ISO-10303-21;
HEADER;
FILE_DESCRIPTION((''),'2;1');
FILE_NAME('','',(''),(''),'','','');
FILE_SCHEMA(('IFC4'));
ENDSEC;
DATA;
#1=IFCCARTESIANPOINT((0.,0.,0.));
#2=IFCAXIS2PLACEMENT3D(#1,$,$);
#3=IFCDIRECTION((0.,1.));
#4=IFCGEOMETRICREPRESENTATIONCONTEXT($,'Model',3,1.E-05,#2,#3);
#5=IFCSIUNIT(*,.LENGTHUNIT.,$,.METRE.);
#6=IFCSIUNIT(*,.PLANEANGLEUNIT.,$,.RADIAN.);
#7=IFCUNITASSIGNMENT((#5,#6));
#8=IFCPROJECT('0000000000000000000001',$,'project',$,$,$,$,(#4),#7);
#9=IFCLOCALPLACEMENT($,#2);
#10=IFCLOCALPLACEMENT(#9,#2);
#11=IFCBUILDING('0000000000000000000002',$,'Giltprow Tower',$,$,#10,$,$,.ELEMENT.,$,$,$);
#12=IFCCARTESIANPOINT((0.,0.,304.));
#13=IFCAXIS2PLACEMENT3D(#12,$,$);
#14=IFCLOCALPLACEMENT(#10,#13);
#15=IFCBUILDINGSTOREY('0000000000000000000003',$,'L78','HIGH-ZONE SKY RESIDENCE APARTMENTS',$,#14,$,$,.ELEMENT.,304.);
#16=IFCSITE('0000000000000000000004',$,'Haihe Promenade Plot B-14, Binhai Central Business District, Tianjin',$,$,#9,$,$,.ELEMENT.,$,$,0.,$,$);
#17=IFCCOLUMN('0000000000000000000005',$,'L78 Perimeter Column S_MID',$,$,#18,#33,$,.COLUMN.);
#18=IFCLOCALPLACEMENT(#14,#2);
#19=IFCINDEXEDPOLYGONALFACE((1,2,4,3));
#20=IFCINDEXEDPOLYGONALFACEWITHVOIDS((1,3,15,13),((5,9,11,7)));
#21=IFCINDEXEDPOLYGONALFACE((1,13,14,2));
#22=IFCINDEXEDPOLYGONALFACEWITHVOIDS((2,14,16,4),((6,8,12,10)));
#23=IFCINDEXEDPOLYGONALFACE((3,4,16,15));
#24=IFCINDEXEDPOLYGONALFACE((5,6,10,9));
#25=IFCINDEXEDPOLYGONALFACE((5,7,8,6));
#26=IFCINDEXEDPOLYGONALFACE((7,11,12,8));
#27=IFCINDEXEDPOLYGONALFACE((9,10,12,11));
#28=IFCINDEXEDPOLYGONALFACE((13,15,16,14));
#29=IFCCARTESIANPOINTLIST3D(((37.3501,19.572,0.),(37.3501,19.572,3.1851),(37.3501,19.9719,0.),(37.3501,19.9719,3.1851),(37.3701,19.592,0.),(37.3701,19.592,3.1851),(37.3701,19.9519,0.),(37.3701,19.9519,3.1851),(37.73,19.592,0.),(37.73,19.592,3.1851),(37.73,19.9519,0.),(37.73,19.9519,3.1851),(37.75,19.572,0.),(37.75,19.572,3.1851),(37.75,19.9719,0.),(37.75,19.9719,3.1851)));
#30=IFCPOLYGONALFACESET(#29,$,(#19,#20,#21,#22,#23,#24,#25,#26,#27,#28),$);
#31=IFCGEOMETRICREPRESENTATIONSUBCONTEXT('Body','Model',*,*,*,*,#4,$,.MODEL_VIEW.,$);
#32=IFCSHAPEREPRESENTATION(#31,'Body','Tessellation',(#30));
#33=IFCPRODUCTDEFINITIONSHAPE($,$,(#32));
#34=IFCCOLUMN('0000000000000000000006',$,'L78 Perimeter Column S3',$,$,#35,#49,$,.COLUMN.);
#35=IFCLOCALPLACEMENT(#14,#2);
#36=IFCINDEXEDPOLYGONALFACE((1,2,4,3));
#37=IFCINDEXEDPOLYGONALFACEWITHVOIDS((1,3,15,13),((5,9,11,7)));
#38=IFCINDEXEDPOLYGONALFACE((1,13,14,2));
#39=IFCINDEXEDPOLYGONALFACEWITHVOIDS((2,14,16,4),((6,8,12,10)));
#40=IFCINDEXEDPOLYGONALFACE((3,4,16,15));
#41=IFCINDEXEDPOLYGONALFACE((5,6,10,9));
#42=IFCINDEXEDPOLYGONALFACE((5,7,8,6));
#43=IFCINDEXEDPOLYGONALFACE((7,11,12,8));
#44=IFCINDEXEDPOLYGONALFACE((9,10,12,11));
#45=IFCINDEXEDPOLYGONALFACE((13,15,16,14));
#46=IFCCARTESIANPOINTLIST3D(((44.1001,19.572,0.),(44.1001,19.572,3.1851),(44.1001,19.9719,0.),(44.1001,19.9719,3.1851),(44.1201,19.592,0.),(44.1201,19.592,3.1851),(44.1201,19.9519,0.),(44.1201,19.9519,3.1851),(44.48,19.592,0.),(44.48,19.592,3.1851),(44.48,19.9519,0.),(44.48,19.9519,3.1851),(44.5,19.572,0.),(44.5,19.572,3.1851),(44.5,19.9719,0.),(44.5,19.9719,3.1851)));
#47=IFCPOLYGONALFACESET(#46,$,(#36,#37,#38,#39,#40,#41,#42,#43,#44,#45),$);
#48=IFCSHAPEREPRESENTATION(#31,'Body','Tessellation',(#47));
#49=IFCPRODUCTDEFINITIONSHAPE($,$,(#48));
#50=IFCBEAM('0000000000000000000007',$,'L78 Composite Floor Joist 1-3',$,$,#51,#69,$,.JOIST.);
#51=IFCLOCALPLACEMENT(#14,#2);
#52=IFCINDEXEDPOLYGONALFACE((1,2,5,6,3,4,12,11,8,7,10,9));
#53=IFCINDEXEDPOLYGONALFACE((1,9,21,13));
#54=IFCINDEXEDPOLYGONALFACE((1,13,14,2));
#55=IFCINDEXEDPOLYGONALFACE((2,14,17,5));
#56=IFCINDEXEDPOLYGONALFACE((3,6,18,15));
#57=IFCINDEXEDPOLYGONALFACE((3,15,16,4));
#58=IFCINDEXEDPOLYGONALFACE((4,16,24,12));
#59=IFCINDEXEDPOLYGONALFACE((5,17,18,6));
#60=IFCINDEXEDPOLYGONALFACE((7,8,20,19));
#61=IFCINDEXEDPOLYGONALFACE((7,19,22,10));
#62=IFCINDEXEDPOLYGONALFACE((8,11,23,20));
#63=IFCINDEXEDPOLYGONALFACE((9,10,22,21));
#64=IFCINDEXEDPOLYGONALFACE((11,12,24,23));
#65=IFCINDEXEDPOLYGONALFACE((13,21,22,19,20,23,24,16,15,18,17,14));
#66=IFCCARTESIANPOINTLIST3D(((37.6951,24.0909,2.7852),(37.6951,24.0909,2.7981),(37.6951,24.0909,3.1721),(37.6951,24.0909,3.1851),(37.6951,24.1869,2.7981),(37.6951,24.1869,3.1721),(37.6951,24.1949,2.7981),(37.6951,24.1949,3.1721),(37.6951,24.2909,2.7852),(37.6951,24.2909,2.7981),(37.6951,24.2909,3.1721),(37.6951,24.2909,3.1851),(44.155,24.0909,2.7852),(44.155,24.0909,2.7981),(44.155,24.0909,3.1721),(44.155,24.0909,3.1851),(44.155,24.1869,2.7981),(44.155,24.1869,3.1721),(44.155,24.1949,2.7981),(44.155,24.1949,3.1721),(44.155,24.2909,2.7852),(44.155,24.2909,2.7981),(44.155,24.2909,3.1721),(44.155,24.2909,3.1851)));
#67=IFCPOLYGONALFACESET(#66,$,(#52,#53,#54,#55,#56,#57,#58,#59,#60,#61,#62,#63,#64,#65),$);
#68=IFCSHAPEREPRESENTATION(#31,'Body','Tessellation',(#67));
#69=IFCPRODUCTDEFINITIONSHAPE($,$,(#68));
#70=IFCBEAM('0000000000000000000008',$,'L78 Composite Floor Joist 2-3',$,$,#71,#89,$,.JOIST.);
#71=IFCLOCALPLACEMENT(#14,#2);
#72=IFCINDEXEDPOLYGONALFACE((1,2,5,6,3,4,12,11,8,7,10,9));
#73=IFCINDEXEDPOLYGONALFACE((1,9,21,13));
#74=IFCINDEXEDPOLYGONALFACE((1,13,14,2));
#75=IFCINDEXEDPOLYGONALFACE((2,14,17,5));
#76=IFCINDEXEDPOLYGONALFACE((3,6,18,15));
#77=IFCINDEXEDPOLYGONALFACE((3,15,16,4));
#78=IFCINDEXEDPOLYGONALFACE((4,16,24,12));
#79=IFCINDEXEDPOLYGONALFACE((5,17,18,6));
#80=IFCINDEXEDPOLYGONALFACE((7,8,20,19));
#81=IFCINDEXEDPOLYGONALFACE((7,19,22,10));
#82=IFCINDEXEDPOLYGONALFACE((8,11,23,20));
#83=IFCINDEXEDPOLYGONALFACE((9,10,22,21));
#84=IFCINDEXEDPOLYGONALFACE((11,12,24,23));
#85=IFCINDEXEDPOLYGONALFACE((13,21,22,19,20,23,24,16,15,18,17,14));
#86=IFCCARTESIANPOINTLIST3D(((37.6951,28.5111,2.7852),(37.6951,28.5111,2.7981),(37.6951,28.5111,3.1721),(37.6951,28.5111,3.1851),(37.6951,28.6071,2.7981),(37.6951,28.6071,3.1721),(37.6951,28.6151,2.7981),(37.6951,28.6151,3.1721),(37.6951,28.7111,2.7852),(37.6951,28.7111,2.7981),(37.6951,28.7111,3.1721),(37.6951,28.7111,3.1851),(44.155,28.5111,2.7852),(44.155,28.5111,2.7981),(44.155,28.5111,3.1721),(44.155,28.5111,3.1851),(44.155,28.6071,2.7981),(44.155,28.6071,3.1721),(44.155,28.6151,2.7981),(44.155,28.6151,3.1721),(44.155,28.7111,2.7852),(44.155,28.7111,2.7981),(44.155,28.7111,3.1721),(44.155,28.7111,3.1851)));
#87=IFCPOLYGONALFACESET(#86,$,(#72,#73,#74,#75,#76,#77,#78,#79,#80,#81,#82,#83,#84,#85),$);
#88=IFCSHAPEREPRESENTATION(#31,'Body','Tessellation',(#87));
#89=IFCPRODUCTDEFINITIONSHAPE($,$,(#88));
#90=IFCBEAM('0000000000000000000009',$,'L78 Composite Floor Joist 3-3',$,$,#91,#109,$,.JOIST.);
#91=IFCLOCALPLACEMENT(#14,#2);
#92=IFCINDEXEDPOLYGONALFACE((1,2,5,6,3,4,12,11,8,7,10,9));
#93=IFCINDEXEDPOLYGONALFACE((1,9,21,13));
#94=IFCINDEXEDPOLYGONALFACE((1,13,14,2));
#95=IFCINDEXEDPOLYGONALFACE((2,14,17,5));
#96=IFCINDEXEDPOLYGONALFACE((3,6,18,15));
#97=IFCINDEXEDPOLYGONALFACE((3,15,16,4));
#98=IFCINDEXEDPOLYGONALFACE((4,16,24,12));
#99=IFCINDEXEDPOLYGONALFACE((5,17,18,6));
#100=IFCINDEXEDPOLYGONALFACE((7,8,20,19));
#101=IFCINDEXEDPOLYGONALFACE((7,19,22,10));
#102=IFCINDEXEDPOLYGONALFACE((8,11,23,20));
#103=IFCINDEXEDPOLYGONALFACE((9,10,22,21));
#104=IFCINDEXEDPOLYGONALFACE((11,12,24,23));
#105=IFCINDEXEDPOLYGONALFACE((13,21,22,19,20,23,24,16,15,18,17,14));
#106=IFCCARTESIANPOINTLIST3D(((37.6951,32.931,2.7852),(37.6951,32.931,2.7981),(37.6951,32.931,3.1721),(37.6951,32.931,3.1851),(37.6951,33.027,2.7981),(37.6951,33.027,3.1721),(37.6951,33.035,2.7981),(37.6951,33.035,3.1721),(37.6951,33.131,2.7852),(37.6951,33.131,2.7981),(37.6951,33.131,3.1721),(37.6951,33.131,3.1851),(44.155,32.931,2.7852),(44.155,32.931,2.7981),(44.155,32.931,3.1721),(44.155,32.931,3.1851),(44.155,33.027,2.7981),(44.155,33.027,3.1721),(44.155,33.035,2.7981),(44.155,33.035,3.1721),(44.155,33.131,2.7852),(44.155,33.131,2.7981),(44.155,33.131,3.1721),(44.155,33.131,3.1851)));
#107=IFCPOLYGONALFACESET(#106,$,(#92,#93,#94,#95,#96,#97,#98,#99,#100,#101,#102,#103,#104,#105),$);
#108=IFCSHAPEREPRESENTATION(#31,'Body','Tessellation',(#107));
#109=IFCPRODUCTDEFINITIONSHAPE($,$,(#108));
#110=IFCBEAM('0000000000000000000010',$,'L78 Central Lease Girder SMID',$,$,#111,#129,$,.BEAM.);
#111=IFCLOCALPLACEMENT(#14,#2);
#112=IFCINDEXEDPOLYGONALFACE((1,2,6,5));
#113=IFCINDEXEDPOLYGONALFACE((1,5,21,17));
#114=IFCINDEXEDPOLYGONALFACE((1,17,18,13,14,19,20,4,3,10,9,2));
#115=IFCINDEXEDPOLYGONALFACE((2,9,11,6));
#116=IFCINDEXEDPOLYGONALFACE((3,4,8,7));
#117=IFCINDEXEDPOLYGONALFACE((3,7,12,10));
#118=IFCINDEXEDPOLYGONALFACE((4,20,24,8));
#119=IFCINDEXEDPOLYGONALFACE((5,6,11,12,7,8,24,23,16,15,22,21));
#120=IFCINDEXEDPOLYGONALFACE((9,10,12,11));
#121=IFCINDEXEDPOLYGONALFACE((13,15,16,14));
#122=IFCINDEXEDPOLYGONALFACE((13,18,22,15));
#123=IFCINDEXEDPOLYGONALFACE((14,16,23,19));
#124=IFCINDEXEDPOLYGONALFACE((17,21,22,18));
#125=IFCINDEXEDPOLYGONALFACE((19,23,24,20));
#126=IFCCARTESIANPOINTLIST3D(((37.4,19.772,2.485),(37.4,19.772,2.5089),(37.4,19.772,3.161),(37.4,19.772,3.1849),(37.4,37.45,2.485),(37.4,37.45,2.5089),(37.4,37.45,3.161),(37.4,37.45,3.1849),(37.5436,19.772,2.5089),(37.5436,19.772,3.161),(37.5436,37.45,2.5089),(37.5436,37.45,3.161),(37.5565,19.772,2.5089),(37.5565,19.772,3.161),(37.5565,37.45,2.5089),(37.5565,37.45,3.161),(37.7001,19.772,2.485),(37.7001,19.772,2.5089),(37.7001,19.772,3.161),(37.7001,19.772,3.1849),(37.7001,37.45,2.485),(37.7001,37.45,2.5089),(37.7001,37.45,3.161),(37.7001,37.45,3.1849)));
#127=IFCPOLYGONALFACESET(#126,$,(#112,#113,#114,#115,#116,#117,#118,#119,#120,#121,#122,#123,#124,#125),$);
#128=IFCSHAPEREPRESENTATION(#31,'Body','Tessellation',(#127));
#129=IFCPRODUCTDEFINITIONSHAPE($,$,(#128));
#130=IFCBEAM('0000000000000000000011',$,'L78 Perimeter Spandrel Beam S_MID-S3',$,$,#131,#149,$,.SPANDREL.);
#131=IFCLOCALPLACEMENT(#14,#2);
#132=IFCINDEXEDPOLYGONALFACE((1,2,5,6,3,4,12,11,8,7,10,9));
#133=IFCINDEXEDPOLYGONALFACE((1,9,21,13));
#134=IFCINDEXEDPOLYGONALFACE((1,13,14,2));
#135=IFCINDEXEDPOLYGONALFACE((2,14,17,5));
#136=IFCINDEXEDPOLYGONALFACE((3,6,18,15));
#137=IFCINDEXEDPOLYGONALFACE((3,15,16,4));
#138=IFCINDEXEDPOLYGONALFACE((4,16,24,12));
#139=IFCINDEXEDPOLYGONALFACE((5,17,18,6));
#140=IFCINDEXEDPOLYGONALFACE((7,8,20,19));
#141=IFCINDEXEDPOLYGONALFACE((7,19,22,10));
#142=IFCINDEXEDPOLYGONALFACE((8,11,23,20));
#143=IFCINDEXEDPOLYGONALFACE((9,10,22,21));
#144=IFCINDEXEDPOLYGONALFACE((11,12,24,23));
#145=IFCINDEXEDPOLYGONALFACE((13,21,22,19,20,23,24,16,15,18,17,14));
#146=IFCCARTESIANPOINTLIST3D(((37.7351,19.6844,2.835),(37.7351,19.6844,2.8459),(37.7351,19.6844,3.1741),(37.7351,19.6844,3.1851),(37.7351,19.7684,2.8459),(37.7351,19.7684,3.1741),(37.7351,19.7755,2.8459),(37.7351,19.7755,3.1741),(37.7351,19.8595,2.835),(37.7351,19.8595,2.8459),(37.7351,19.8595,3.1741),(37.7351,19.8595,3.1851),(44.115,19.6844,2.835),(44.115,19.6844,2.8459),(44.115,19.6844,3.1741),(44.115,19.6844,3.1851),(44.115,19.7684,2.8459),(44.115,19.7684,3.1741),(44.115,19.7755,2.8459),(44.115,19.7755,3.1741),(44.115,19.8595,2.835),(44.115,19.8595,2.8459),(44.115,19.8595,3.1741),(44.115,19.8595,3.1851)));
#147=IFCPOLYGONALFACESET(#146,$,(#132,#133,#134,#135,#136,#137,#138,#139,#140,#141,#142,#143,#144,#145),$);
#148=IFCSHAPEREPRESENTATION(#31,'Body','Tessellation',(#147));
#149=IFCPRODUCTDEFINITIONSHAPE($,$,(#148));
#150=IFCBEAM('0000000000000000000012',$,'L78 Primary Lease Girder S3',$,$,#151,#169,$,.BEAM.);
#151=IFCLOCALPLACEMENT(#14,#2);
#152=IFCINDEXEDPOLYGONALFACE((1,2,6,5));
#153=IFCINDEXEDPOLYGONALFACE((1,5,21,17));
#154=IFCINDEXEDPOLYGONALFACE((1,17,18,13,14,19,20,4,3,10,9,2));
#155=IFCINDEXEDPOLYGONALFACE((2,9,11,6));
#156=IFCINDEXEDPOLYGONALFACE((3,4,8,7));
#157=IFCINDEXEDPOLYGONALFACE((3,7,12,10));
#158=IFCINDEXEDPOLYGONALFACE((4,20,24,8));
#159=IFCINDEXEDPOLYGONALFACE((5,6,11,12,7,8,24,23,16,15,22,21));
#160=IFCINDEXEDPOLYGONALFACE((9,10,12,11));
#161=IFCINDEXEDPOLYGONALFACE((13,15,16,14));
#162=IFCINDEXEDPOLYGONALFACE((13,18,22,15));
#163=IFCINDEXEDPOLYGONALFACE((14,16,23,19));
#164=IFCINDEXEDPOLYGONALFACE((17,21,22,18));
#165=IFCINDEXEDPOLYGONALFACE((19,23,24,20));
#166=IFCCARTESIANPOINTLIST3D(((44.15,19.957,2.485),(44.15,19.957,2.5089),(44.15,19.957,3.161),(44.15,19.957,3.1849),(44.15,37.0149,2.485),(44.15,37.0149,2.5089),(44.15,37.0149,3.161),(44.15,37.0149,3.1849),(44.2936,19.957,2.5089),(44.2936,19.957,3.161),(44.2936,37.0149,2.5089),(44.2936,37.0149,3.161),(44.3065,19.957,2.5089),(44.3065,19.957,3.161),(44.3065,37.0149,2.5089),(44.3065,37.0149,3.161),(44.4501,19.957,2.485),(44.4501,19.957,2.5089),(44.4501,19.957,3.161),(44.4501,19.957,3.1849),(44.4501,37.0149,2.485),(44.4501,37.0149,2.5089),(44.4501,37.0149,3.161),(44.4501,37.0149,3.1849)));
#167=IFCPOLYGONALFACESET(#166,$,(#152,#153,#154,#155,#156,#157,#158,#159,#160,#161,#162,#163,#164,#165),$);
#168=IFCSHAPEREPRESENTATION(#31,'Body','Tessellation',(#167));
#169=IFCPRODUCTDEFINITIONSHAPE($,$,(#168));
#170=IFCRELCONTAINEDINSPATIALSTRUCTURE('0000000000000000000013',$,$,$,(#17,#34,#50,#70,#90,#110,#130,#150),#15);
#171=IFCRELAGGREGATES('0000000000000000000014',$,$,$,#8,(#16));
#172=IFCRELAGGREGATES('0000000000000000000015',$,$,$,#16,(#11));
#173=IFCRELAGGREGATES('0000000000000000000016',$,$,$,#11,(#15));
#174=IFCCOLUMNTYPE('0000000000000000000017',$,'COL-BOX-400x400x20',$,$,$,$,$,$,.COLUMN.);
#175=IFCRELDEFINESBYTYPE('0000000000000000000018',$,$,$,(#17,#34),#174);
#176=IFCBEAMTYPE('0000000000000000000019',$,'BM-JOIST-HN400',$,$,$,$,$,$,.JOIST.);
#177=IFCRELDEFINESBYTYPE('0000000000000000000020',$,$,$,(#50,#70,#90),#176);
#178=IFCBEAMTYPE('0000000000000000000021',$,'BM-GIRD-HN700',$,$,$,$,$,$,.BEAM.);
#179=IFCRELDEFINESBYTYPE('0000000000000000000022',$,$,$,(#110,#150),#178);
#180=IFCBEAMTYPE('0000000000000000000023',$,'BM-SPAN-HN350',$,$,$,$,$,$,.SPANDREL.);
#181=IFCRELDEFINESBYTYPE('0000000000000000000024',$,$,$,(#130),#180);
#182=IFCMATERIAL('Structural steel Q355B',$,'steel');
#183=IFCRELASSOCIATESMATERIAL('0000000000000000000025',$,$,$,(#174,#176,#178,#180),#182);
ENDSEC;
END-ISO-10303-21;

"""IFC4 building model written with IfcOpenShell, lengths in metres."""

from ifc_helpers import new_model, si_unit, direction, frame, origin, origin_2d, place, context, subcontext, project, spatial, hollow_rectangle, i_section, extrude, source, transform, mapped, material, material_profile, profile_set, type_object, element, save


model = new_model("IFC4")

# Units and contexts
model_context = context("Model", 3, precision=1e-05, world=origin(), true_north=direction((0.0, 1.0)))
body_context = subcontext(model_context, "Body", "Model", "MODEL_VIEW")
ifc_project = project(units=[si_unit("LENGTHUNIT", "METRE"), si_unit("PLANEANGLEUNIT", "RADIAN")], contexts=[model_context])

# Site, building, storey
site_placement = place(None, origin())
site = spatial("IfcSite", under=ifc_project, at=site_placement, Name="Haihe Promenade Plot B-14, Binhai Central Business District, Tianjin", CompositionType="ELEMENT", RefElevation=0.0)
building_placement = place(site_placement, origin())
building = spatial("IfcBuilding", under=site, at=building_placement, Name="Giltprow Tower", CompositionType="ELEMENT")
storey_placement = place(building_placement, frame((0.0, 0.0, 304.0)))
storey = spatial("IfcBuildingStorey", under=building, at=storey_placement, Name="L78", Description="HIGH-ZONE SKY RESIDENCE APARTMENTS", CompositionType="ELEMENT", Elevation=304.0)

# Columns
ifc_material_1 = material(Name="Structural steel Q355B", Category="steel")
ifc_material_profile_1 = material_profile(ifc_material_1, hollow_rectangle(XDim=0.3999, YDim=0.3999, WallThickness=0.02, at=origin_2d()), Name="BOX 400x400x20")
ifc_profile_set_1 = profile_set([ifc_material_profile_1], Name="Structural steel Q355B")
column_type = type_object("IfcColumnType", Name="COL-BOX-400x400x20", PredefinedType="COLUMN", material=ifc_profile_set_1)
shared_shape_1 = source(origin(), body_context, "Body", "SweptSolid", [
    extrude(hollow_rectangle(XDim=0.3999, YDim=0.3999, WallThickness=0.02, at=origin_2d()), origin(), (0.0, 0.0, 1.0), 3.1851),
])
for number, where, z_axis, x_axis, name in (
    (1, (37.55, 19.772, 0.0), (0.0, 0.0, 1.0), (1.0, 0.0, 0.0), "L78 Perimeter Column S_MID"),
    (2, (44.3, 19.772, 0.0), (0.0, 0.0, 1.0), (1.0, 0.0, 0.0), "L78 Perimeter Column S3"),
):
    element("IfcColumn", number, at=place(storey_placement, frame(where, z_axis=z_axis, x_axis=x_axis)), inside=storey, type_object=column_type, Name=name, PredefinedType="COLUMN", context=body_context, shape_type="MappedRepresentation", body=[
        mapped(shared_shape_1, transform((0.0, 0.0, 0.0), x_axis=(1.0, 0.0, 0.0), y_axis=(0.0, 1.0, 0.0), z_axis=(0.0, 0.0, 1.0), scale=1.0)),
    ])

# Beams
ifc_material_profile_2 = material_profile(ifc_material_1, i_section(OverallWidth=0.2, OverallDepth=0.3999, WebThickness=0.0081, FlangeThickness=0.0129, at=origin_2d()), Name="HN 400x200x8x13")
ifc_profile_set_2 = profile_set([ifc_material_profile_2], Name="Structural steel Q355B")
beam_type_1 = type_object("IfcBeamType", Name="BM-JOIST-HN400", PredefinedType="JOIST", material=ifc_profile_set_2)
shared_shape_2 = source(origin(), body_context, "Body", "SweptSolid", [
    extrude(i_section(OverallWidth=0.2, OverallDepth=0.3999, WebThickness=0.0081, FlangeThickness=0.0129, at=origin_2d()), origin(), (0.0, 0.0, 1.0), 6.46),
])
for number, where, z_axis, x_axis, name in (
    (3, (37.6951, 24.1909, 2.9851), (1.0, 0.0, 0.0), (0.0, 1.0, 0.0), "L78 Composite Floor Joist 1-3"),
    (4, (37.6951, 28.6111, 2.9851), (1.0, 0.0, 0.0), (0.0, 1.0, 0.0), "L78 Composite Floor Joist 2-3"),
    (5, (37.6951, 33.031, 2.9851), (1.0, 0.0, 0.0), (0.0, 1.0, 0.0), "L78 Composite Floor Joist 3-3"),
):
    element("IfcBeam", number, at=place(storey_placement, frame(where, z_axis=z_axis, x_axis=x_axis)), inside=storey, type_object=beam_type_1, Name=name, PredefinedType="JOIST", context=body_context, shape_type="MappedRepresentation", body=[
        mapped(shared_shape_2, transform((0.0, 0.0, 0.0), x_axis=(1.0, 0.0, 0.0), y_axis=(0.0, 1.0, 0.0), z_axis=(0.0, 0.0, 1.0), scale=1.0)),
    ])
ifc_material_profile_3 = material_profile(ifc_material_1, i_section(OverallWidth=0.3, OverallDepth=0.7, WebThickness=0.0129, FlangeThickness=0.0239, at=origin_2d()), Name="HN 700x300x13x24")
ifc_profile_set_3 = profile_set([ifc_material_profile_3], Name="Structural steel Q355B")
beam_type_2 = type_object("IfcBeamType", Name="BM-GIRD-HN700", PredefinedType="BEAM", material=ifc_profile_set_3)
shared_shape_3 = source(origin(), body_context, "Body", "SweptSolid", [
    extrude(i_section(OverallWidth=0.3, OverallDepth=0.7, WebThickness=0.0129, FlangeThickness=0.0239, at=origin_2d()), origin(), (0.0, 0.0, 1.0), 17.678),
])
beam_1_placement = place(storey_placement, frame((37.55, 19.772, 2.835), z_axis=(0.0, 1.0, 0.0), x_axis=(-1.0, 0.0, 0.0)))
element("IfcBeam", 6, at=beam_1_placement, inside=storey, type_object=beam_type_2, Name="L78 Central Lease Girder SMID", PredefinedType="BEAM", context=body_context, shape_type="MappedRepresentation", body=[
    mapped(shared_shape_3, transform((0.0, 0.0, 0.0), x_axis=(1.0, 0.0, 0.0), y_axis=(0.0, 1.0, 0.0), z_axis=(0.0, 0.0, 1.0), scale=1.0)),
])
ifc_material_profile_4 = material_profile(ifc_material_1, i_section(OverallWidth=0.175, OverallDepth=0.3501, WebThickness=0.0071, FlangeThickness=0.011, at=origin_2d()), Name="HN 350x175x7x11")
ifc_profile_set_4 = profile_set([ifc_material_profile_4], Name="Structural steel Q355B")
beam_type_3 = type_object("IfcBeamType", Name="BM-SPAN-HN350", PredefinedType="SPANDREL", material=ifc_profile_set_4)
shared_shape_4 = source(origin(), body_context, "Body", "SweptSolid", [
    extrude(i_section(OverallWidth=0.175, OverallDepth=0.3501, WebThickness=0.0071, FlangeThickness=0.011, at=origin_2d()), origin(), (0.0, 0.0, 1.0), 6.3799),
])
beam_2_placement = place(storey_placement, frame((37.7351, 19.772, 3.01), z_axis=(1.0, 0.0, 0.0), x_axis=(0.0, 1.0, 0.0)))
element("IfcBeam", 7, at=beam_2_placement, inside=storey, type_object=beam_type_3, Name="L78 Perimeter Spandrel Beam S_MID-S3", PredefinedType="SPANDREL", context=body_context, shape_type="MappedRepresentation", body=[
    mapped(shared_shape_4, transform((0.0, 0.0, 0.0), x_axis=(1.0, 0.0, 0.0), y_axis=(0.0, 1.0, 0.0), z_axis=(0.0, 0.0, 1.0), scale=1.0)),
])
shared_shape_5 = source(origin(), body_context, "Body", "SweptSolid", [
    extrude(i_section(OverallWidth=0.3, OverallDepth=0.7, WebThickness=0.0129, FlangeThickness=0.0239, at=origin_2d()), origin(), (0.0, 0.0, 1.0), 17.0579),
])
beam_3_placement = place(storey_placement, frame((44.3, 19.957, 2.835), z_axis=(0.0, 1.0, 0.0), x_axis=(-1.0, 0.0, 0.0)))
element("IfcBeam", 8, at=beam_3_placement, inside=storey, type_object=beam_type_2, Name="L78 Primary Lease Girder S3", PredefinedType="BEAM", context=body_context, shape_type="MappedRepresentation", body=[
    mapped(shared_shape_5, transform((0.0, 0.0, 0.0), x_axis=(1.0, 0.0, 0.0), y_axis=(0.0, 1.0, 0.0), z_axis=(0.0, 0.0, 1.0), scale=1.0)),
])

save(model, "model.ifc")
